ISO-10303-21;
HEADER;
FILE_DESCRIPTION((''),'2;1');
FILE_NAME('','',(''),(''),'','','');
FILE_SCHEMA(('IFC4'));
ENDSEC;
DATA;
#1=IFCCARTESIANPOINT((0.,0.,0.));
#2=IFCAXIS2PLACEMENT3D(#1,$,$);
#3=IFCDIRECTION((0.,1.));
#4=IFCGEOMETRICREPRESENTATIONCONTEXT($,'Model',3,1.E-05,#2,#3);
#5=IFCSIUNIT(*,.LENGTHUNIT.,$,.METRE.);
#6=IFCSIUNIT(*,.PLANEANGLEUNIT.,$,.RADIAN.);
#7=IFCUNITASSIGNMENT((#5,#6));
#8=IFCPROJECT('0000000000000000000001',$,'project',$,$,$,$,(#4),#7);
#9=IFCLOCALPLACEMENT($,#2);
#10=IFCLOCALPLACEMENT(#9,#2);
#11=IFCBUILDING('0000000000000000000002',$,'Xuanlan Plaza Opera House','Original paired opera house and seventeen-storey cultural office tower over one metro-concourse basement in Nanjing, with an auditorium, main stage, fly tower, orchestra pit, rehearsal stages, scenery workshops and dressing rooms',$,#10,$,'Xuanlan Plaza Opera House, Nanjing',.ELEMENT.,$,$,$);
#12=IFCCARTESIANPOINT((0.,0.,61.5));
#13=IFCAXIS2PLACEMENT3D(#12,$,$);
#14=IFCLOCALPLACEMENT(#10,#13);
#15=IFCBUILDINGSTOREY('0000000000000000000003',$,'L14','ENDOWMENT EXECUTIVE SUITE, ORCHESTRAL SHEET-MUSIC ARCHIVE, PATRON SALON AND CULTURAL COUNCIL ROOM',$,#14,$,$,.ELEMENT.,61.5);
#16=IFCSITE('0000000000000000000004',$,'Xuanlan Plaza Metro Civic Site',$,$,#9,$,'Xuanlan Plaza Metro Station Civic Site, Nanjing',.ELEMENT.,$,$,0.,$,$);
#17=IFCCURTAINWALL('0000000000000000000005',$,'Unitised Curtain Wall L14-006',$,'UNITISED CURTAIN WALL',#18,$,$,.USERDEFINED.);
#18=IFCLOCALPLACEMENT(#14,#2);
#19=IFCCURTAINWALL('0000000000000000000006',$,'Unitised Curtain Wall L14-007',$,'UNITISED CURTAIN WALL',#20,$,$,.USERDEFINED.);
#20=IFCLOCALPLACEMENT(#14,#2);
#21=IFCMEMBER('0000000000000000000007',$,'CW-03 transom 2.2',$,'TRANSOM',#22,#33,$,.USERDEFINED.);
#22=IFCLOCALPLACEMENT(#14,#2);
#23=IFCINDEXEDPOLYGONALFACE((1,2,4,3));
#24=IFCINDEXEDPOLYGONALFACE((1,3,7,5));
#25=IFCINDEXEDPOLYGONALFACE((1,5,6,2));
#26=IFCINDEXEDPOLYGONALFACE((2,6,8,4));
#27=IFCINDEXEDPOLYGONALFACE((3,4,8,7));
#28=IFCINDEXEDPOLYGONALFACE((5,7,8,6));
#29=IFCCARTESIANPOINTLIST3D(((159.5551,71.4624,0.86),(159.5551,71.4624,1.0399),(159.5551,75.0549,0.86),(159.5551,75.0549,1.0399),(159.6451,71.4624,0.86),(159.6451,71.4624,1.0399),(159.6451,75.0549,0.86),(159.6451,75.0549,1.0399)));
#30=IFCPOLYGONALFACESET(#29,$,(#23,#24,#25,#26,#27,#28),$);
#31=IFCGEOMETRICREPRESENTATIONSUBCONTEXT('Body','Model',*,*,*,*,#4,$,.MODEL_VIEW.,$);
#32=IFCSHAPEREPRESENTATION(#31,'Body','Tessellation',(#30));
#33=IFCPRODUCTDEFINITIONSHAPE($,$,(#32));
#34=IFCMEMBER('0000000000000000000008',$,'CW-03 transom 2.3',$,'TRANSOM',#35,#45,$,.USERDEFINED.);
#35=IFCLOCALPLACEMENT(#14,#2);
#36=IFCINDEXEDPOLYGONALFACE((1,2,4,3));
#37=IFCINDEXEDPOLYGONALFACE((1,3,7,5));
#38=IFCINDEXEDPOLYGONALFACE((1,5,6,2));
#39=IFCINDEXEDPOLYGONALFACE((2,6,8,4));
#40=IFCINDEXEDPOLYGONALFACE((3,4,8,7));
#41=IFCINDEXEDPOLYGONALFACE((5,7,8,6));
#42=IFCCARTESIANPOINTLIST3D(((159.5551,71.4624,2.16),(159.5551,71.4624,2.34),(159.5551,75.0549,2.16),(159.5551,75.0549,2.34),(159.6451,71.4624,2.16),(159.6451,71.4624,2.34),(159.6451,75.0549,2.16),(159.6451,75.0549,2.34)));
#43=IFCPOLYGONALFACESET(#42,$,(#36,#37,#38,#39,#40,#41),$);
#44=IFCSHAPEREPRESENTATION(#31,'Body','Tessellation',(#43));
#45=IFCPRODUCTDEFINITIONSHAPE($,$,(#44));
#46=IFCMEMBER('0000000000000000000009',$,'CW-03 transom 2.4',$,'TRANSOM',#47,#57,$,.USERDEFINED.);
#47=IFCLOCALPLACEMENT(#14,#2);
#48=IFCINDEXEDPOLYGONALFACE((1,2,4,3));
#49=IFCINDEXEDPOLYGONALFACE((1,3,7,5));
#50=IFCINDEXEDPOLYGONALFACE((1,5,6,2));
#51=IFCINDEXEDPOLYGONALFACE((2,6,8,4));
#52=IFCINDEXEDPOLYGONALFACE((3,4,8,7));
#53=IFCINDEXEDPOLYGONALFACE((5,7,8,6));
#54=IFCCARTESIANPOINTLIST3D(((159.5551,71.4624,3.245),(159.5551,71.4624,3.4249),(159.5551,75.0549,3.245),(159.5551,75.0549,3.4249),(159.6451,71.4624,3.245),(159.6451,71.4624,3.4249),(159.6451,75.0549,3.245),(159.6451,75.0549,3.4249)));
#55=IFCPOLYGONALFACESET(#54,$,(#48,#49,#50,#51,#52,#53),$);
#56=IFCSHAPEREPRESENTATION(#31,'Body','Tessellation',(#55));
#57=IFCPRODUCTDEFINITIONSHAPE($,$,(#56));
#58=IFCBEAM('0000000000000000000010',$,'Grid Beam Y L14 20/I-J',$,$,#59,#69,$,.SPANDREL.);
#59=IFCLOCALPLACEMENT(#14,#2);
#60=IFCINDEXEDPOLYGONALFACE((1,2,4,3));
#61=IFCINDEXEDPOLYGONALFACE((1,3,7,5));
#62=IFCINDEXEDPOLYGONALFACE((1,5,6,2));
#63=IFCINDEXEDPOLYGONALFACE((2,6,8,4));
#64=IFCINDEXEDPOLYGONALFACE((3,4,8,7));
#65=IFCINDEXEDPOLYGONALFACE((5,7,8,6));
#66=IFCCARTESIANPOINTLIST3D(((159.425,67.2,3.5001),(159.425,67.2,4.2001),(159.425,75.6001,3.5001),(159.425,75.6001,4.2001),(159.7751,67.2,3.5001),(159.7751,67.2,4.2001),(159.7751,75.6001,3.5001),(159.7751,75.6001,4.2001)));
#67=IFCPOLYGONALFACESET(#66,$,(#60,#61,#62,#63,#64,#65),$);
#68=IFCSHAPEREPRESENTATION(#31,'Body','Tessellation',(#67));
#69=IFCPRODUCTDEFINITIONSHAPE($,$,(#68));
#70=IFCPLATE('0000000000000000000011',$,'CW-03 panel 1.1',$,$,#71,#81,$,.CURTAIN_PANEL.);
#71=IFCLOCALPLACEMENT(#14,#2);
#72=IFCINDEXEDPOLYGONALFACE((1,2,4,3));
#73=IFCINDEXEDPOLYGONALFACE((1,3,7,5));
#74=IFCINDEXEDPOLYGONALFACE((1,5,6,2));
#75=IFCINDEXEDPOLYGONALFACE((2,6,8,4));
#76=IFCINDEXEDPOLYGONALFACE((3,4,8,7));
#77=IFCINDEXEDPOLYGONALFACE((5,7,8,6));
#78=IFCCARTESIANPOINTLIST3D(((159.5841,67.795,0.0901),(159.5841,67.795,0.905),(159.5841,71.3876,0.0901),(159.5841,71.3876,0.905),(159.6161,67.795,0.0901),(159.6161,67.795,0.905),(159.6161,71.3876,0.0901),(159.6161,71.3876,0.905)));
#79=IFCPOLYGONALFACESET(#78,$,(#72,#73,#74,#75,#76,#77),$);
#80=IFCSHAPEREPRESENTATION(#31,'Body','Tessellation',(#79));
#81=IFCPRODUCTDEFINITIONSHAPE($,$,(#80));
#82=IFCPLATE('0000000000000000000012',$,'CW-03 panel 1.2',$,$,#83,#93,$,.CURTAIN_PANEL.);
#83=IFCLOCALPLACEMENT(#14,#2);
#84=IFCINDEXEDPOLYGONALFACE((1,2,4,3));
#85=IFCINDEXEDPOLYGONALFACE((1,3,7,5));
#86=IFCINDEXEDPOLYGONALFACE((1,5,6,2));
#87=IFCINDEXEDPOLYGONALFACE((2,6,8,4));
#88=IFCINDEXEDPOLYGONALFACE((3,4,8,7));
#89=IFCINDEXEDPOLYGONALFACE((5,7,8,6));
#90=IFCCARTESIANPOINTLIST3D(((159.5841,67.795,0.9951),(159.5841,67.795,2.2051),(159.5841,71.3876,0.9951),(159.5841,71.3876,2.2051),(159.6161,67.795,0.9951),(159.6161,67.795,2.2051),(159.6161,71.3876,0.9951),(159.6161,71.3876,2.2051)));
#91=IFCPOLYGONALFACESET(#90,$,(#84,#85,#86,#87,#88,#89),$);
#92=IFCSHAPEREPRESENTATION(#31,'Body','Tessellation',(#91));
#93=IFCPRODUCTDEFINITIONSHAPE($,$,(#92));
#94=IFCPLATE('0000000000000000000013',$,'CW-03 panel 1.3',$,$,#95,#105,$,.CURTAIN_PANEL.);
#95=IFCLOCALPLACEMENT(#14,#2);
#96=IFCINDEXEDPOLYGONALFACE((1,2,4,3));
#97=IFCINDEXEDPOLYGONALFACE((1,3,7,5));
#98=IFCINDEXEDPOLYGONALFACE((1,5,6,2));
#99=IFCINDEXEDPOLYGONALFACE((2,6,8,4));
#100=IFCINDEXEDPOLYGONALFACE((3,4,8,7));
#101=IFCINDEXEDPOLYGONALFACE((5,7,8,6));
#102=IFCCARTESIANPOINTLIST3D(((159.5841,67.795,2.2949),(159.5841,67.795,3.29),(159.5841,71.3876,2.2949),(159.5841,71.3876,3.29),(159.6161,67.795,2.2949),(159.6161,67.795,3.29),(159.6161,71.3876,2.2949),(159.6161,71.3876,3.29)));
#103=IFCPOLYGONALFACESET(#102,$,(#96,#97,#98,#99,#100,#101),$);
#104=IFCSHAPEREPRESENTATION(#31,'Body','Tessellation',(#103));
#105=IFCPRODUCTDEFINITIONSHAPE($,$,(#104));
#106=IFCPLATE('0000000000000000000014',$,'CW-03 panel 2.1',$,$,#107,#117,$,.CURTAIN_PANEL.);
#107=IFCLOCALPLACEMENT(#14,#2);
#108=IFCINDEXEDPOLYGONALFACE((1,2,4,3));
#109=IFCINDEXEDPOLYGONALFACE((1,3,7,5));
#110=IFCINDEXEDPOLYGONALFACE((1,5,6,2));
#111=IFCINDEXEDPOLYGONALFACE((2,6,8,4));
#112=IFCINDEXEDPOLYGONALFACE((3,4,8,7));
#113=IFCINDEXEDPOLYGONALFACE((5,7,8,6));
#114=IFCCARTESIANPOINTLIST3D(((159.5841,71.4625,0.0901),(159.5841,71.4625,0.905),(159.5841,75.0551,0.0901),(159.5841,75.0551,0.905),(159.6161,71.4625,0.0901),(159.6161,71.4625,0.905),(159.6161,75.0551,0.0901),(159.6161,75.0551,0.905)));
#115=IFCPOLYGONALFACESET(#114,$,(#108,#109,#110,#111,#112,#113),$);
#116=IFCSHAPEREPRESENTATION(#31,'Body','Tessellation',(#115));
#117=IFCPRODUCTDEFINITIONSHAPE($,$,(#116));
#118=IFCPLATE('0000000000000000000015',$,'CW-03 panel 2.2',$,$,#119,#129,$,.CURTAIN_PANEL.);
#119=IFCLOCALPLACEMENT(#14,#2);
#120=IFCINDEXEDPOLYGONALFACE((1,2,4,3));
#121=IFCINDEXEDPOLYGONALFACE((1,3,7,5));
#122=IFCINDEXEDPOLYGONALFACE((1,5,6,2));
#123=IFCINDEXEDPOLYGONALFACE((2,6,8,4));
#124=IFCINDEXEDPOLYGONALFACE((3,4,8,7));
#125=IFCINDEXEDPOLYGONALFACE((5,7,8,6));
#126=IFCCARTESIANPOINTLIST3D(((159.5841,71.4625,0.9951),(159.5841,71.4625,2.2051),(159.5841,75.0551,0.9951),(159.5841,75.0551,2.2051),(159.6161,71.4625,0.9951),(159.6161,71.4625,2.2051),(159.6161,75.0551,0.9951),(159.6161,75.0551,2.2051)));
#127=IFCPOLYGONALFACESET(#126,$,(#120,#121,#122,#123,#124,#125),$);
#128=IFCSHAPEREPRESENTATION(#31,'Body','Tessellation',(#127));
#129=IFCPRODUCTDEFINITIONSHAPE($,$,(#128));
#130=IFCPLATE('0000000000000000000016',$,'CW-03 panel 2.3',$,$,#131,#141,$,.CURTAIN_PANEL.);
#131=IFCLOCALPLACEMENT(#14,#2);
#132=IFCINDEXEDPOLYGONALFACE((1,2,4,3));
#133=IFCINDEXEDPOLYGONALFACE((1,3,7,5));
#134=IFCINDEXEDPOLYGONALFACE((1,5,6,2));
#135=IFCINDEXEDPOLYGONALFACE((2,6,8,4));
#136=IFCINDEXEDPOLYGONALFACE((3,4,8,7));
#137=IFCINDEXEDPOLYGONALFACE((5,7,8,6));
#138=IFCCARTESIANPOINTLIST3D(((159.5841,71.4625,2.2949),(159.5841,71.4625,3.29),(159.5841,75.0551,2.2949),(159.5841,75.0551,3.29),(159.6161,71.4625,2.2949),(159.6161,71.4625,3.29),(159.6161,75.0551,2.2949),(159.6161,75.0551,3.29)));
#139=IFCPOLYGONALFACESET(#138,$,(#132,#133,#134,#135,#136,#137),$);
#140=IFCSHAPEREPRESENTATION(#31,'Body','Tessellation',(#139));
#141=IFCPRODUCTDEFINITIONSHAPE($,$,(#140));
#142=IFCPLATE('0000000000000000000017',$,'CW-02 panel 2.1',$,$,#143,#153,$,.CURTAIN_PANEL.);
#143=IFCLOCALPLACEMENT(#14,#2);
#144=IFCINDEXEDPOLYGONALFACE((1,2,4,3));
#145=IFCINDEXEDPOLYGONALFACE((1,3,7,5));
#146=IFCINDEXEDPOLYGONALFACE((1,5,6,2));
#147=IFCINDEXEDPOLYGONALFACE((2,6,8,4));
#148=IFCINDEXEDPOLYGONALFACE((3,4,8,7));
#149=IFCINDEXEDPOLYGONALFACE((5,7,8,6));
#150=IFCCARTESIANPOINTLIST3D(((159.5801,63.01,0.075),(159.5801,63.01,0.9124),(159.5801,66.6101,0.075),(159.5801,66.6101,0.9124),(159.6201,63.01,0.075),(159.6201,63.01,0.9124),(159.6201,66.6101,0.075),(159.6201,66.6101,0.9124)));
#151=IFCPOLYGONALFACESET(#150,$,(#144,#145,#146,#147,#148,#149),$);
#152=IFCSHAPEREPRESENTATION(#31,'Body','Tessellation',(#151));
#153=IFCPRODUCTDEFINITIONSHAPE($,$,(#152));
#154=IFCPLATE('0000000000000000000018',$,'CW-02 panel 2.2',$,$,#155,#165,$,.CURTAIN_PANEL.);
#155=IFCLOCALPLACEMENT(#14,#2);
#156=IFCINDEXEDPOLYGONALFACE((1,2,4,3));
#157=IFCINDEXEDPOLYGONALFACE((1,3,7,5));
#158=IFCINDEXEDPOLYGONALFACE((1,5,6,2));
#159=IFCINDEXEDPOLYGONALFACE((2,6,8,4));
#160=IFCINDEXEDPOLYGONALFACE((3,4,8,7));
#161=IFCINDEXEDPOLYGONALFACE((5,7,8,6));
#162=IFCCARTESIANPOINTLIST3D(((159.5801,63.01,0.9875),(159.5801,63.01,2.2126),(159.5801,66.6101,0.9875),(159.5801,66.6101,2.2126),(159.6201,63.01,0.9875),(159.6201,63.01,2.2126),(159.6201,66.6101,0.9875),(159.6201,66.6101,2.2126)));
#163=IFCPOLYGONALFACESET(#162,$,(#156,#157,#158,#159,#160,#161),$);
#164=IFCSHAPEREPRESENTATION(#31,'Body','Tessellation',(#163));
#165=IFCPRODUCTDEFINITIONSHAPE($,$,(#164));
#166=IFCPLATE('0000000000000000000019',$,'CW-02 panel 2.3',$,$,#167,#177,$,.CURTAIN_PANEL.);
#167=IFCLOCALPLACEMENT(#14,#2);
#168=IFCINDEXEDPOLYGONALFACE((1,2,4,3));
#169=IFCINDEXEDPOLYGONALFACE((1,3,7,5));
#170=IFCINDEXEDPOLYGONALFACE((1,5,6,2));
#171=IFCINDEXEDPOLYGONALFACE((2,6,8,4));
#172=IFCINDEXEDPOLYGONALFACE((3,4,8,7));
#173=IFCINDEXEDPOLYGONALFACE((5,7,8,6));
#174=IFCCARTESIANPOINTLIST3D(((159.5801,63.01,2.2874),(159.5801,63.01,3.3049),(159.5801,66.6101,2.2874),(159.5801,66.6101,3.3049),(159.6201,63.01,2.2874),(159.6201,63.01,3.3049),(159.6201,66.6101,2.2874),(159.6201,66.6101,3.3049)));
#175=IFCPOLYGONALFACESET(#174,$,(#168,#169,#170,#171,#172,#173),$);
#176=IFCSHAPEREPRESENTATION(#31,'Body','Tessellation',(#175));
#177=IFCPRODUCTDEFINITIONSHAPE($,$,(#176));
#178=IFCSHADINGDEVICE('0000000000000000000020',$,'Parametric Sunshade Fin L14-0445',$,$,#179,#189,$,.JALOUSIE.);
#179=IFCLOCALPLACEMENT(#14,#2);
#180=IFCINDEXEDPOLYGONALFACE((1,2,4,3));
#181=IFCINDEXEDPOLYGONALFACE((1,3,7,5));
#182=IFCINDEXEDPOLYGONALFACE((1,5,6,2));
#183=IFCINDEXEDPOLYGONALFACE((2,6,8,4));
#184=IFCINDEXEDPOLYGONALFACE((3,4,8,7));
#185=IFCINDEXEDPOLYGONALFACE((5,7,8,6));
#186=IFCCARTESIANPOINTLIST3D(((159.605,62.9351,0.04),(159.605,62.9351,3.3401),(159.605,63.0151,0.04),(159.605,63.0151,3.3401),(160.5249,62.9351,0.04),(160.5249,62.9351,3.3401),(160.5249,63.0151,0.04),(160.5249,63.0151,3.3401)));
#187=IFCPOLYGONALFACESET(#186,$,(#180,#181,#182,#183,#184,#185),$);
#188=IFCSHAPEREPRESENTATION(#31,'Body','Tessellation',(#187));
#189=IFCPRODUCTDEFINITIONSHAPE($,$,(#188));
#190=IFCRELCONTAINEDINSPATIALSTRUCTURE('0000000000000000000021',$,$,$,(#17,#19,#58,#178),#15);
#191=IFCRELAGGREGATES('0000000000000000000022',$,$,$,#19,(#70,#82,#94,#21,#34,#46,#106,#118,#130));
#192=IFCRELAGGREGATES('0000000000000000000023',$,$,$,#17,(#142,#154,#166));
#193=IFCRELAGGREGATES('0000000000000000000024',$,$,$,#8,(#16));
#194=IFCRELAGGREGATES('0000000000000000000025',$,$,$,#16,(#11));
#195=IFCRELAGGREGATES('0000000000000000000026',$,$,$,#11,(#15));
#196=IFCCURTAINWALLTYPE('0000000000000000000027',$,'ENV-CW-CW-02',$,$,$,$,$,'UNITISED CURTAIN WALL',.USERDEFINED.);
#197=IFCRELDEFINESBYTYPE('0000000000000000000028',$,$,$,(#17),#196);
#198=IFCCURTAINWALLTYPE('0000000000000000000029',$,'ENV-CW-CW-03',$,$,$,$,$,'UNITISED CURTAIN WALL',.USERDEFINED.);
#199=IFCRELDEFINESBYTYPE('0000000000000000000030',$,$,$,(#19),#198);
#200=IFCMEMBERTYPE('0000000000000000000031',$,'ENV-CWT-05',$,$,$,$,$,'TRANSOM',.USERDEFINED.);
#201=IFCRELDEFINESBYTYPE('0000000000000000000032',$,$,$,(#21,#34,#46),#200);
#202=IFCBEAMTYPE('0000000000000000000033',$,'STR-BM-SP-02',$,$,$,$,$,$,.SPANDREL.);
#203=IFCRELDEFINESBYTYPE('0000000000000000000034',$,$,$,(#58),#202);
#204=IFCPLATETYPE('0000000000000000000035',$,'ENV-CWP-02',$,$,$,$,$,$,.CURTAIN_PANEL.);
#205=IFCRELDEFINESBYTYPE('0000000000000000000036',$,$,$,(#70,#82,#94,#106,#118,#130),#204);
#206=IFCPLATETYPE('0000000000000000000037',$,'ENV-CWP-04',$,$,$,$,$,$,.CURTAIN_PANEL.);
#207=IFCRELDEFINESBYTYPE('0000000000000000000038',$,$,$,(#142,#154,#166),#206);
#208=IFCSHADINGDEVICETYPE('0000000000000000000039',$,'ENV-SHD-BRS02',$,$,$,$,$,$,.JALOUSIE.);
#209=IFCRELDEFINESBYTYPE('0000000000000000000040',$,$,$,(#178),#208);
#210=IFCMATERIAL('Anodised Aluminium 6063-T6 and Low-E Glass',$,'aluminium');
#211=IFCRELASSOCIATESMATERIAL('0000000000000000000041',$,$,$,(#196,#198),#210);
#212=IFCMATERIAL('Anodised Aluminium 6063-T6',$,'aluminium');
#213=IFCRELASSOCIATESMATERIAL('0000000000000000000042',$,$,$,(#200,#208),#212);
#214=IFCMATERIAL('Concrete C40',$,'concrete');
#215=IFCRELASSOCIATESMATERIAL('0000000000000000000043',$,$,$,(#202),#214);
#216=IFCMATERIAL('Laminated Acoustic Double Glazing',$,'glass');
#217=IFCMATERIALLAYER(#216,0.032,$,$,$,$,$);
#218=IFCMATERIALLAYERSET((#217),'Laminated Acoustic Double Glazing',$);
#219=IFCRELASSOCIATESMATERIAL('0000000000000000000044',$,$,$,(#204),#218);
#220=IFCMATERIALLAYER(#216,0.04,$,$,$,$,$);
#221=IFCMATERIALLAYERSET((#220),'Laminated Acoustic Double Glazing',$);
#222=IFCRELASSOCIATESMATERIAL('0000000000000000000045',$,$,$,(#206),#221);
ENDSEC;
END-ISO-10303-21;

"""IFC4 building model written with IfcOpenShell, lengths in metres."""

from ifc_helpers import new_model, si_unit, direction, frame, origin, origin_2d, place, context, subcontext, project, spatial, rectangle, extrude, material, layer, layer_set, material_profile, profile_set, type_object, element, aggregate, save


model = new_model("IFC4")

# Units and contexts
model_context = context("Model", 3, precision=1e-05, world=origin(), true_north=direction((0.0, 1.0)))
body_context = subcontext(model_context, "Body", "Model", "MODEL_VIEW")
ifc_project = project(units=[si_unit("LENGTHUNIT", "METRE"), si_unit("PLANEANGLEUNIT", "RADIAN")], contexts=[model_context])

# Site, building, storey
site_placement = place(None, origin())
site = spatial("IfcSite", under=ifc_project, at=site_placement, Name="Xuanlan Plaza Metro Civic Site", LongName="Xuanlan Plaza Metro Station Civic Site, Nanjing", CompositionType="ELEMENT", RefElevation=0.0)
building_placement = place(site_placement, origin())
building = spatial("IfcBuilding", under=site, at=building_placement, Name="Xuanlan Plaza Opera House", Description="Original paired opera house and seventeen-storey cultural office tower over one metro-concourse basement in Nanjing, with an auditorium, main stage, fly tower, orchestra pit, rehearsal stages, scenery workshops and dressing rooms", LongName="Xuanlan Plaza Opera House, Nanjing", CompositionType="ELEMENT")
storey_placement = place(building_placement, frame((0.0, 0.0, 61.5)))
storey = spatial("IfcBuildingStorey", under=building, at=storey_placement, Name="L14", Description="ENDOWMENT EXECUTIVE SUITE, ORCHESTRAL SHEET-MUSIC ARCHIVE, PATRON SALON AND CULTURAL COUNCIL ROOM", CompositionType="ELEMENT", Elevation=61.5)

# Curtain wall
ifc_material_1 = material(Name="Anodised Aluminium 6063-T6 and Low-E Glass", Category="aluminium")
curtain_wall_type_1 = type_object("IfcCurtainWallType", Name="ENV-CW-CW-02", ElementType="UNITISED CURTAIN WALL", PredefinedType="USERDEFINED", material=ifc_material_1)
curtain_wall_1_placement = place(storey_placement, origin())
curtain_wall_1 = element("IfcCurtainWall", 1, at=curtain_wall_1_placement, inside=storey, type_object=curtain_wall_type_1, Name="Unitised Curtain Wall L14-006", ObjectType="UNITISED CURTAIN WALL", PredefinedType="USERDEFINED")
ifc_material_2 = material(Name="Anodised Aluminium 6063-T6", Category="aluminium")

# Curtain wall
curtain_wall_type_2 = type_object("IfcCurtainWallType", Name="ENV-CW-CW-03", ElementType="UNITISED CURTAIN WALL", PredefinedType="USERDEFINED", material=ifc_material_1)
curtain_wall_2_placement = place(storey_placement, origin())
curtain_wall_2 = element("IfcCurtainWall", 2, at=curtain_wall_2_placement, inside=storey, type_object=curtain_wall_type_2, Name="Unitised Curtain Wall L14-007", ObjectType="UNITISED CURTAIN WALL", PredefinedType="USERDEFINED")

# Members
ifc_material_profile_1 = material_profile(ifc_material_2, rectangle(XDim=0.0901, YDim=0.1799, at=origin_2d()), Name="ALU-T 90x180")
ifc_profile_set_1 = profile_set([ifc_material_profile_1], Name="Anodised Aluminium 6063-T6")
member_type_1 = type_object("IfcMemberType", Name="ENV-CWT-05", ElementType="TRANSOM", PredefinedType="USERDEFINED", material=ifc_profile_set_1)
member_1_placement = place(storey_placement, frame((159.6001, 71.4624, 0.95), z_axis=(0.0, 1.0, 0.0), x_axis=(-1.0, 0.0, 0.0)))
member_1 = element("IfcMember", 3, at=member_1_placement, type_object=member_type_1, Name="CW-03 transom 2.2", ObjectType="TRANSOM", PredefinedType="USERDEFINED", context=body_context, shape_type="SweptSolid", body=[
    extrude(rectangle(XDim=0.0901, YDim=0.1799, at=origin_2d()), origin(), (0.0, 0.0, 1.0), 3.5925),
])
member_2_placement = place(storey_placement, frame((159.6001, 71.4624, 2.25), z_axis=(0.0, 1.0, 0.0), x_axis=(-1.0, 0.0, 0.0)))
member_2 = element("IfcMember", 4, at=member_2_placement, type_object=member_type_1, Name="CW-03 transom 2.3", ObjectType="TRANSOM", PredefinedType="USERDEFINED", context=body_context, shape_type="SweptSolid", body=[
    extrude(rectangle(XDim=0.0901, YDim=0.1799, at=origin_2d()), origin(), (0.0, 0.0, 1.0), 3.5925),
])
member_3_placement = place(storey_placement, frame((159.6001, 71.4624, 3.335), z_axis=(0.0, 1.0, 0.0), x_axis=(-1.0, 0.0, 0.0)))
member_3 = element("IfcMember", 5, at=member_3_placement, type_object=member_type_1, Name="CW-03 transom 2.4", ObjectType="TRANSOM", PredefinedType="USERDEFINED", context=body_context, shape_type="SweptSolid", body=[
    extrude(rectangle(XDim=0.0901, YDim=0.1799, at=origin_2d()), origin(), (0.0, 0.0, 1.0), 3.5925),
])

# Beam
ifc_material_3 = material(Name="Concrete C40", Category="concrete")
ifc_material_profile_2 = material_profile(ifc_material_3, rectangle(XDim=0.3501, YDim=0.7, at=origin_2d()), Name="RC-SPD 350x700")
ifc_profile_set_2 = profile_set([ifc_material_profile_2], Name="Concrete C40")
beam_type = type_object("IfcBeamType", Name="STR-BM-SP-02", PredefinedType="SPANDREL", material=ifc_profile_set_2)
beam_placement = place(storey_placement, frame((159.6001, 67.2, 3.8501), z_axis=(0.0, 1.0, 0.0), x_axis=(-1.0, 0.0, 0.0)))
element("IfcBeam", 6, at=beam_placement, inside=storey, type_object=beam_type, Name="Grid Beam Y L14 20/I-J", PredefinedType="SPANDREL", context=body_context, shape_type="SweptSolid", body=[
    extrude(rectangle(XDim=0.3501, YDim=0.7, at=origin_2d()), origin(), (0.0, 0.0, 1.0), 8.4001),
])

# Plates
ifc_material_4 = material(Name="Laminated Acoustic Double Glazing", Category="glass")
ifc_layer_1 = layer(ifc_material_4, 0.032)
ifc_layer_set_1 = layer_set([ifc_layer_1], Name="Laminated Acoustic Double Glazing")
plate_type_1 = type_object("IfcPlateType", Name="ENV-CWP-02", PredefinedType="CURTAIN_PANEL", material=ifc_layer_set_1)
plate_1_placement = place(storey_placement, frame((159.6001, 69.5913, 0.0901), z_axis=(0.0, 0.0, 1.0), x_axis=(0.0, 1.0, 0.0)))
plate_1 = element("IfcPlate", 7, at=plate_1_placement, type_object=plate_type_1, Name="CW-03 panel 1.1", PredefinedType="CURTAIN_PANEL", context=body_context, shape_type="SweptSolid", body=[
    extrude(rectangle(XDim=3.5925, YDim=0.032, at=origin_2d()), origin(), (0.0, 0.0, 1.0), 0.8149),
])
plate_2_placement = place(storey_placement, frame((159.6001, 69.5913, 0.9951), z_axis=(0.0, 0.0, 1.0), x_axis=(0.0, 1.0, 0.0)))
plate_2 = element("IfcPlate", 8, at=plate_2_placement, type_object=plate_type_1, Name="CW-03 panel 1.2", PredefinedType="CURTAIN_PANEL", context=body_context, shape_type="SweptSolid", body=[
    extrude(rectangle(XDim=3.5925, YDim=0.032, at=origin_2d()), origin(), (0.0, 0.0, 1.0), 1.21),
])
plate_3_placement = place(storey_placement, frame((159.6001, 69.5913, 2.2949), z_axis=(0.0, 0.0, 1.0), x_axis=(0.0, 1.0, 0.0)))
plate_3 = element("IfcPlate", 9, at=plate_3_placement, type_object=plate_type_1, Name="CW-03 panel 1.3", PredefinedType="CURTAIN_PANEL", context=body_context, shape_type="SweptSolid", body=[
    extrude(rectangle(XDim=3.5925, YDim=0.032, at=origin_2d()), origin(), (0.0, 0.0, 1.0), 0.9951),
])
plate_4_placement = place(storey_placement, frame((159.6001, 73.2588, 0.0901), z_axis=(0.0, 0.0, 1.0), x_axis=(0.0, 1.0, 0.0)))
plate_4 = element("IfcPlate", 10, at=plate_4_placement, type_object=plate_type_1, Name="CW-03 panel 2.1", PredefinedType="CURTAIN_PANEL", context=body_context, shape_type="SweptSolid", body=[
    extrude(rectangle(XDim=3.5925, YDim=0.032, at=origin_2d()), origin(), (0.0, 0.0, 1.0), 0.8149),
])
plate_5_placement = place(storey_placement, frame((159.6001, 73.2588, 0.9951), z_axis=(0.0, 0.0, 1.0), x_axis=(0.0, 1.0, 0.0)))
plate_5 = element("IfcPlate", 11, at=plate_5_placement, type_object=plate_type_1, Name="CW-03 panel 2.2", PredefinedType="CURTAIN_PANEL", context=body_context, shape_type="SweptSolid", body=[
    extrude(rectangle(XDim=3.5925, YDim=0.032, at=origin_2d()), origin(), (0.0, 0.0, 1.0), 1.21),
])
plate_6_placement = place(storey_placement, frame((159.6001, 73.2588, 2.2949), z_axis=(0.0, 0.0, 1.0), x_axis=(0.0, 1.0, 0.0)))
plate_6 = element("IfcPlate", 12, at=plate_6_placement, type_object=plate_type_1, Name="CW-03 panel 2.3", PredefinedType="CURTAIN_PANEL", context=body_context, shape_type="SweptSolid", body=[
    extrude(rectangle(XDim=3.5925, YDim=0.032, at=origin_2d()), origin(), (0.0, 0.0, 1.0), 0.9951),
])
aggregate(curtain_wall_2, [plate_1, plate_2, plate_3, member_1, member_2, member_3, plate_4, plate_5, plate_6])
ifc_layer_2 = layer(ifc_material_4, 0.04)
ifc_layer_set_2 = layer_set([ifc_layer_2], Name="Laminated Acoustic Double Glazing")
plate_type_2 = type_object("IfcPlateType", Name="ENV-CWP-04", PredefinedType="CURTAIN_PANEL", material=ifc_layer_set_2)
plate_7_placement = place(storey_placement, frame((159.6001, 64.8101, 0.075), z_axis=(0.0, 0.0, 1.0), x_axis=(0.0, 1.0, 0.0)))
plate_7 = element("IfcPlate", 13, at=plate_7_placement, type_object=plate_type_2, Name="CW-02 panel 2.1", PredefinedType="CURTAIN_PANEL", context=body_context, shape_type="SweptSolid", body=[
    extrude(rectangle(XDim=3.6001, YDim=0.04, at=origin_2d()), origin(), (0.0, 0.0, 1.0), 0.8374),
])
plate_8_placement = place(storey_placement, frame((159.6001, 64.8101, 0.9875), z_axis=(0.0, 0.0, 1.0), x_axis=(0.0, 1.0, 0.0)))
plate_8 = element("IfcPlate", 14, at=plate_8_placement, type_object=plate_type_2, Name="CW-02 panel 2.2", PredefinedType="CURTAIN_PANEL", context=body_context, shape_type="SweptSolid", body=[
    extrude(rectangle(XDim=3.6001, YDim=0.04, at=origin_2d()), origin(), (0.0, 0.0, 1.0), 1.2251),
])
plate_9_placement = place(storey_placement, frame((159.6001, 64.8101, 2.2874), z_axis=(0.0, 0.0, 1.0), x_axis=(0.0, 1.0, 0.0)))
plate_9 = element("IfcPlate", 15, at=plate_9_placement, type_object=plate_type_2, Name="CW-02 panel 2.3", PredefinedType="CURTAIN_PANEL", context=body_context, shape_type="SweptSolid", body=[
    extrude(rectangle(XDim=3.6001, YDim=0.04, at=origin_2d()), origin(), (0.0, 0.0, 1.0), 1.0176),
])
aggregate(curtain_wall_1, [plate_7, plate_8, plate_9])

# Shading device
shading_device_type = type_object("IfcShadingDeviceType", Name="ENV-SHD-BRS02", PredefinedType="JALOUSIE", material=ifc_material_2)
for number, where, z_axis, x_axis, name in (
    (16, (160.0649, 62.9751, 0.04), (0.0, 0.0, 1.0), (1.0, 0.0, 0.0), "Parametric Sunshade Fin L14-0445"),
):
    element("IfcShadingDevice", number, at=place(storey_placement, frame(where, z_axis=z_axis, x_axis=x_axis)), inside=storey, type_object=shading_device_type, Name=name, PredefinedType="JALOUSIE", context=body_context, shape_type="SweptSolid", body=[
        extrude(rectangle(XDim=0.9199, YDim=0.0801, at=origin_2d()), origin(), (0.0, 0.0, 1.0), 3.3),
    ])

save(model, "model.ifc")
